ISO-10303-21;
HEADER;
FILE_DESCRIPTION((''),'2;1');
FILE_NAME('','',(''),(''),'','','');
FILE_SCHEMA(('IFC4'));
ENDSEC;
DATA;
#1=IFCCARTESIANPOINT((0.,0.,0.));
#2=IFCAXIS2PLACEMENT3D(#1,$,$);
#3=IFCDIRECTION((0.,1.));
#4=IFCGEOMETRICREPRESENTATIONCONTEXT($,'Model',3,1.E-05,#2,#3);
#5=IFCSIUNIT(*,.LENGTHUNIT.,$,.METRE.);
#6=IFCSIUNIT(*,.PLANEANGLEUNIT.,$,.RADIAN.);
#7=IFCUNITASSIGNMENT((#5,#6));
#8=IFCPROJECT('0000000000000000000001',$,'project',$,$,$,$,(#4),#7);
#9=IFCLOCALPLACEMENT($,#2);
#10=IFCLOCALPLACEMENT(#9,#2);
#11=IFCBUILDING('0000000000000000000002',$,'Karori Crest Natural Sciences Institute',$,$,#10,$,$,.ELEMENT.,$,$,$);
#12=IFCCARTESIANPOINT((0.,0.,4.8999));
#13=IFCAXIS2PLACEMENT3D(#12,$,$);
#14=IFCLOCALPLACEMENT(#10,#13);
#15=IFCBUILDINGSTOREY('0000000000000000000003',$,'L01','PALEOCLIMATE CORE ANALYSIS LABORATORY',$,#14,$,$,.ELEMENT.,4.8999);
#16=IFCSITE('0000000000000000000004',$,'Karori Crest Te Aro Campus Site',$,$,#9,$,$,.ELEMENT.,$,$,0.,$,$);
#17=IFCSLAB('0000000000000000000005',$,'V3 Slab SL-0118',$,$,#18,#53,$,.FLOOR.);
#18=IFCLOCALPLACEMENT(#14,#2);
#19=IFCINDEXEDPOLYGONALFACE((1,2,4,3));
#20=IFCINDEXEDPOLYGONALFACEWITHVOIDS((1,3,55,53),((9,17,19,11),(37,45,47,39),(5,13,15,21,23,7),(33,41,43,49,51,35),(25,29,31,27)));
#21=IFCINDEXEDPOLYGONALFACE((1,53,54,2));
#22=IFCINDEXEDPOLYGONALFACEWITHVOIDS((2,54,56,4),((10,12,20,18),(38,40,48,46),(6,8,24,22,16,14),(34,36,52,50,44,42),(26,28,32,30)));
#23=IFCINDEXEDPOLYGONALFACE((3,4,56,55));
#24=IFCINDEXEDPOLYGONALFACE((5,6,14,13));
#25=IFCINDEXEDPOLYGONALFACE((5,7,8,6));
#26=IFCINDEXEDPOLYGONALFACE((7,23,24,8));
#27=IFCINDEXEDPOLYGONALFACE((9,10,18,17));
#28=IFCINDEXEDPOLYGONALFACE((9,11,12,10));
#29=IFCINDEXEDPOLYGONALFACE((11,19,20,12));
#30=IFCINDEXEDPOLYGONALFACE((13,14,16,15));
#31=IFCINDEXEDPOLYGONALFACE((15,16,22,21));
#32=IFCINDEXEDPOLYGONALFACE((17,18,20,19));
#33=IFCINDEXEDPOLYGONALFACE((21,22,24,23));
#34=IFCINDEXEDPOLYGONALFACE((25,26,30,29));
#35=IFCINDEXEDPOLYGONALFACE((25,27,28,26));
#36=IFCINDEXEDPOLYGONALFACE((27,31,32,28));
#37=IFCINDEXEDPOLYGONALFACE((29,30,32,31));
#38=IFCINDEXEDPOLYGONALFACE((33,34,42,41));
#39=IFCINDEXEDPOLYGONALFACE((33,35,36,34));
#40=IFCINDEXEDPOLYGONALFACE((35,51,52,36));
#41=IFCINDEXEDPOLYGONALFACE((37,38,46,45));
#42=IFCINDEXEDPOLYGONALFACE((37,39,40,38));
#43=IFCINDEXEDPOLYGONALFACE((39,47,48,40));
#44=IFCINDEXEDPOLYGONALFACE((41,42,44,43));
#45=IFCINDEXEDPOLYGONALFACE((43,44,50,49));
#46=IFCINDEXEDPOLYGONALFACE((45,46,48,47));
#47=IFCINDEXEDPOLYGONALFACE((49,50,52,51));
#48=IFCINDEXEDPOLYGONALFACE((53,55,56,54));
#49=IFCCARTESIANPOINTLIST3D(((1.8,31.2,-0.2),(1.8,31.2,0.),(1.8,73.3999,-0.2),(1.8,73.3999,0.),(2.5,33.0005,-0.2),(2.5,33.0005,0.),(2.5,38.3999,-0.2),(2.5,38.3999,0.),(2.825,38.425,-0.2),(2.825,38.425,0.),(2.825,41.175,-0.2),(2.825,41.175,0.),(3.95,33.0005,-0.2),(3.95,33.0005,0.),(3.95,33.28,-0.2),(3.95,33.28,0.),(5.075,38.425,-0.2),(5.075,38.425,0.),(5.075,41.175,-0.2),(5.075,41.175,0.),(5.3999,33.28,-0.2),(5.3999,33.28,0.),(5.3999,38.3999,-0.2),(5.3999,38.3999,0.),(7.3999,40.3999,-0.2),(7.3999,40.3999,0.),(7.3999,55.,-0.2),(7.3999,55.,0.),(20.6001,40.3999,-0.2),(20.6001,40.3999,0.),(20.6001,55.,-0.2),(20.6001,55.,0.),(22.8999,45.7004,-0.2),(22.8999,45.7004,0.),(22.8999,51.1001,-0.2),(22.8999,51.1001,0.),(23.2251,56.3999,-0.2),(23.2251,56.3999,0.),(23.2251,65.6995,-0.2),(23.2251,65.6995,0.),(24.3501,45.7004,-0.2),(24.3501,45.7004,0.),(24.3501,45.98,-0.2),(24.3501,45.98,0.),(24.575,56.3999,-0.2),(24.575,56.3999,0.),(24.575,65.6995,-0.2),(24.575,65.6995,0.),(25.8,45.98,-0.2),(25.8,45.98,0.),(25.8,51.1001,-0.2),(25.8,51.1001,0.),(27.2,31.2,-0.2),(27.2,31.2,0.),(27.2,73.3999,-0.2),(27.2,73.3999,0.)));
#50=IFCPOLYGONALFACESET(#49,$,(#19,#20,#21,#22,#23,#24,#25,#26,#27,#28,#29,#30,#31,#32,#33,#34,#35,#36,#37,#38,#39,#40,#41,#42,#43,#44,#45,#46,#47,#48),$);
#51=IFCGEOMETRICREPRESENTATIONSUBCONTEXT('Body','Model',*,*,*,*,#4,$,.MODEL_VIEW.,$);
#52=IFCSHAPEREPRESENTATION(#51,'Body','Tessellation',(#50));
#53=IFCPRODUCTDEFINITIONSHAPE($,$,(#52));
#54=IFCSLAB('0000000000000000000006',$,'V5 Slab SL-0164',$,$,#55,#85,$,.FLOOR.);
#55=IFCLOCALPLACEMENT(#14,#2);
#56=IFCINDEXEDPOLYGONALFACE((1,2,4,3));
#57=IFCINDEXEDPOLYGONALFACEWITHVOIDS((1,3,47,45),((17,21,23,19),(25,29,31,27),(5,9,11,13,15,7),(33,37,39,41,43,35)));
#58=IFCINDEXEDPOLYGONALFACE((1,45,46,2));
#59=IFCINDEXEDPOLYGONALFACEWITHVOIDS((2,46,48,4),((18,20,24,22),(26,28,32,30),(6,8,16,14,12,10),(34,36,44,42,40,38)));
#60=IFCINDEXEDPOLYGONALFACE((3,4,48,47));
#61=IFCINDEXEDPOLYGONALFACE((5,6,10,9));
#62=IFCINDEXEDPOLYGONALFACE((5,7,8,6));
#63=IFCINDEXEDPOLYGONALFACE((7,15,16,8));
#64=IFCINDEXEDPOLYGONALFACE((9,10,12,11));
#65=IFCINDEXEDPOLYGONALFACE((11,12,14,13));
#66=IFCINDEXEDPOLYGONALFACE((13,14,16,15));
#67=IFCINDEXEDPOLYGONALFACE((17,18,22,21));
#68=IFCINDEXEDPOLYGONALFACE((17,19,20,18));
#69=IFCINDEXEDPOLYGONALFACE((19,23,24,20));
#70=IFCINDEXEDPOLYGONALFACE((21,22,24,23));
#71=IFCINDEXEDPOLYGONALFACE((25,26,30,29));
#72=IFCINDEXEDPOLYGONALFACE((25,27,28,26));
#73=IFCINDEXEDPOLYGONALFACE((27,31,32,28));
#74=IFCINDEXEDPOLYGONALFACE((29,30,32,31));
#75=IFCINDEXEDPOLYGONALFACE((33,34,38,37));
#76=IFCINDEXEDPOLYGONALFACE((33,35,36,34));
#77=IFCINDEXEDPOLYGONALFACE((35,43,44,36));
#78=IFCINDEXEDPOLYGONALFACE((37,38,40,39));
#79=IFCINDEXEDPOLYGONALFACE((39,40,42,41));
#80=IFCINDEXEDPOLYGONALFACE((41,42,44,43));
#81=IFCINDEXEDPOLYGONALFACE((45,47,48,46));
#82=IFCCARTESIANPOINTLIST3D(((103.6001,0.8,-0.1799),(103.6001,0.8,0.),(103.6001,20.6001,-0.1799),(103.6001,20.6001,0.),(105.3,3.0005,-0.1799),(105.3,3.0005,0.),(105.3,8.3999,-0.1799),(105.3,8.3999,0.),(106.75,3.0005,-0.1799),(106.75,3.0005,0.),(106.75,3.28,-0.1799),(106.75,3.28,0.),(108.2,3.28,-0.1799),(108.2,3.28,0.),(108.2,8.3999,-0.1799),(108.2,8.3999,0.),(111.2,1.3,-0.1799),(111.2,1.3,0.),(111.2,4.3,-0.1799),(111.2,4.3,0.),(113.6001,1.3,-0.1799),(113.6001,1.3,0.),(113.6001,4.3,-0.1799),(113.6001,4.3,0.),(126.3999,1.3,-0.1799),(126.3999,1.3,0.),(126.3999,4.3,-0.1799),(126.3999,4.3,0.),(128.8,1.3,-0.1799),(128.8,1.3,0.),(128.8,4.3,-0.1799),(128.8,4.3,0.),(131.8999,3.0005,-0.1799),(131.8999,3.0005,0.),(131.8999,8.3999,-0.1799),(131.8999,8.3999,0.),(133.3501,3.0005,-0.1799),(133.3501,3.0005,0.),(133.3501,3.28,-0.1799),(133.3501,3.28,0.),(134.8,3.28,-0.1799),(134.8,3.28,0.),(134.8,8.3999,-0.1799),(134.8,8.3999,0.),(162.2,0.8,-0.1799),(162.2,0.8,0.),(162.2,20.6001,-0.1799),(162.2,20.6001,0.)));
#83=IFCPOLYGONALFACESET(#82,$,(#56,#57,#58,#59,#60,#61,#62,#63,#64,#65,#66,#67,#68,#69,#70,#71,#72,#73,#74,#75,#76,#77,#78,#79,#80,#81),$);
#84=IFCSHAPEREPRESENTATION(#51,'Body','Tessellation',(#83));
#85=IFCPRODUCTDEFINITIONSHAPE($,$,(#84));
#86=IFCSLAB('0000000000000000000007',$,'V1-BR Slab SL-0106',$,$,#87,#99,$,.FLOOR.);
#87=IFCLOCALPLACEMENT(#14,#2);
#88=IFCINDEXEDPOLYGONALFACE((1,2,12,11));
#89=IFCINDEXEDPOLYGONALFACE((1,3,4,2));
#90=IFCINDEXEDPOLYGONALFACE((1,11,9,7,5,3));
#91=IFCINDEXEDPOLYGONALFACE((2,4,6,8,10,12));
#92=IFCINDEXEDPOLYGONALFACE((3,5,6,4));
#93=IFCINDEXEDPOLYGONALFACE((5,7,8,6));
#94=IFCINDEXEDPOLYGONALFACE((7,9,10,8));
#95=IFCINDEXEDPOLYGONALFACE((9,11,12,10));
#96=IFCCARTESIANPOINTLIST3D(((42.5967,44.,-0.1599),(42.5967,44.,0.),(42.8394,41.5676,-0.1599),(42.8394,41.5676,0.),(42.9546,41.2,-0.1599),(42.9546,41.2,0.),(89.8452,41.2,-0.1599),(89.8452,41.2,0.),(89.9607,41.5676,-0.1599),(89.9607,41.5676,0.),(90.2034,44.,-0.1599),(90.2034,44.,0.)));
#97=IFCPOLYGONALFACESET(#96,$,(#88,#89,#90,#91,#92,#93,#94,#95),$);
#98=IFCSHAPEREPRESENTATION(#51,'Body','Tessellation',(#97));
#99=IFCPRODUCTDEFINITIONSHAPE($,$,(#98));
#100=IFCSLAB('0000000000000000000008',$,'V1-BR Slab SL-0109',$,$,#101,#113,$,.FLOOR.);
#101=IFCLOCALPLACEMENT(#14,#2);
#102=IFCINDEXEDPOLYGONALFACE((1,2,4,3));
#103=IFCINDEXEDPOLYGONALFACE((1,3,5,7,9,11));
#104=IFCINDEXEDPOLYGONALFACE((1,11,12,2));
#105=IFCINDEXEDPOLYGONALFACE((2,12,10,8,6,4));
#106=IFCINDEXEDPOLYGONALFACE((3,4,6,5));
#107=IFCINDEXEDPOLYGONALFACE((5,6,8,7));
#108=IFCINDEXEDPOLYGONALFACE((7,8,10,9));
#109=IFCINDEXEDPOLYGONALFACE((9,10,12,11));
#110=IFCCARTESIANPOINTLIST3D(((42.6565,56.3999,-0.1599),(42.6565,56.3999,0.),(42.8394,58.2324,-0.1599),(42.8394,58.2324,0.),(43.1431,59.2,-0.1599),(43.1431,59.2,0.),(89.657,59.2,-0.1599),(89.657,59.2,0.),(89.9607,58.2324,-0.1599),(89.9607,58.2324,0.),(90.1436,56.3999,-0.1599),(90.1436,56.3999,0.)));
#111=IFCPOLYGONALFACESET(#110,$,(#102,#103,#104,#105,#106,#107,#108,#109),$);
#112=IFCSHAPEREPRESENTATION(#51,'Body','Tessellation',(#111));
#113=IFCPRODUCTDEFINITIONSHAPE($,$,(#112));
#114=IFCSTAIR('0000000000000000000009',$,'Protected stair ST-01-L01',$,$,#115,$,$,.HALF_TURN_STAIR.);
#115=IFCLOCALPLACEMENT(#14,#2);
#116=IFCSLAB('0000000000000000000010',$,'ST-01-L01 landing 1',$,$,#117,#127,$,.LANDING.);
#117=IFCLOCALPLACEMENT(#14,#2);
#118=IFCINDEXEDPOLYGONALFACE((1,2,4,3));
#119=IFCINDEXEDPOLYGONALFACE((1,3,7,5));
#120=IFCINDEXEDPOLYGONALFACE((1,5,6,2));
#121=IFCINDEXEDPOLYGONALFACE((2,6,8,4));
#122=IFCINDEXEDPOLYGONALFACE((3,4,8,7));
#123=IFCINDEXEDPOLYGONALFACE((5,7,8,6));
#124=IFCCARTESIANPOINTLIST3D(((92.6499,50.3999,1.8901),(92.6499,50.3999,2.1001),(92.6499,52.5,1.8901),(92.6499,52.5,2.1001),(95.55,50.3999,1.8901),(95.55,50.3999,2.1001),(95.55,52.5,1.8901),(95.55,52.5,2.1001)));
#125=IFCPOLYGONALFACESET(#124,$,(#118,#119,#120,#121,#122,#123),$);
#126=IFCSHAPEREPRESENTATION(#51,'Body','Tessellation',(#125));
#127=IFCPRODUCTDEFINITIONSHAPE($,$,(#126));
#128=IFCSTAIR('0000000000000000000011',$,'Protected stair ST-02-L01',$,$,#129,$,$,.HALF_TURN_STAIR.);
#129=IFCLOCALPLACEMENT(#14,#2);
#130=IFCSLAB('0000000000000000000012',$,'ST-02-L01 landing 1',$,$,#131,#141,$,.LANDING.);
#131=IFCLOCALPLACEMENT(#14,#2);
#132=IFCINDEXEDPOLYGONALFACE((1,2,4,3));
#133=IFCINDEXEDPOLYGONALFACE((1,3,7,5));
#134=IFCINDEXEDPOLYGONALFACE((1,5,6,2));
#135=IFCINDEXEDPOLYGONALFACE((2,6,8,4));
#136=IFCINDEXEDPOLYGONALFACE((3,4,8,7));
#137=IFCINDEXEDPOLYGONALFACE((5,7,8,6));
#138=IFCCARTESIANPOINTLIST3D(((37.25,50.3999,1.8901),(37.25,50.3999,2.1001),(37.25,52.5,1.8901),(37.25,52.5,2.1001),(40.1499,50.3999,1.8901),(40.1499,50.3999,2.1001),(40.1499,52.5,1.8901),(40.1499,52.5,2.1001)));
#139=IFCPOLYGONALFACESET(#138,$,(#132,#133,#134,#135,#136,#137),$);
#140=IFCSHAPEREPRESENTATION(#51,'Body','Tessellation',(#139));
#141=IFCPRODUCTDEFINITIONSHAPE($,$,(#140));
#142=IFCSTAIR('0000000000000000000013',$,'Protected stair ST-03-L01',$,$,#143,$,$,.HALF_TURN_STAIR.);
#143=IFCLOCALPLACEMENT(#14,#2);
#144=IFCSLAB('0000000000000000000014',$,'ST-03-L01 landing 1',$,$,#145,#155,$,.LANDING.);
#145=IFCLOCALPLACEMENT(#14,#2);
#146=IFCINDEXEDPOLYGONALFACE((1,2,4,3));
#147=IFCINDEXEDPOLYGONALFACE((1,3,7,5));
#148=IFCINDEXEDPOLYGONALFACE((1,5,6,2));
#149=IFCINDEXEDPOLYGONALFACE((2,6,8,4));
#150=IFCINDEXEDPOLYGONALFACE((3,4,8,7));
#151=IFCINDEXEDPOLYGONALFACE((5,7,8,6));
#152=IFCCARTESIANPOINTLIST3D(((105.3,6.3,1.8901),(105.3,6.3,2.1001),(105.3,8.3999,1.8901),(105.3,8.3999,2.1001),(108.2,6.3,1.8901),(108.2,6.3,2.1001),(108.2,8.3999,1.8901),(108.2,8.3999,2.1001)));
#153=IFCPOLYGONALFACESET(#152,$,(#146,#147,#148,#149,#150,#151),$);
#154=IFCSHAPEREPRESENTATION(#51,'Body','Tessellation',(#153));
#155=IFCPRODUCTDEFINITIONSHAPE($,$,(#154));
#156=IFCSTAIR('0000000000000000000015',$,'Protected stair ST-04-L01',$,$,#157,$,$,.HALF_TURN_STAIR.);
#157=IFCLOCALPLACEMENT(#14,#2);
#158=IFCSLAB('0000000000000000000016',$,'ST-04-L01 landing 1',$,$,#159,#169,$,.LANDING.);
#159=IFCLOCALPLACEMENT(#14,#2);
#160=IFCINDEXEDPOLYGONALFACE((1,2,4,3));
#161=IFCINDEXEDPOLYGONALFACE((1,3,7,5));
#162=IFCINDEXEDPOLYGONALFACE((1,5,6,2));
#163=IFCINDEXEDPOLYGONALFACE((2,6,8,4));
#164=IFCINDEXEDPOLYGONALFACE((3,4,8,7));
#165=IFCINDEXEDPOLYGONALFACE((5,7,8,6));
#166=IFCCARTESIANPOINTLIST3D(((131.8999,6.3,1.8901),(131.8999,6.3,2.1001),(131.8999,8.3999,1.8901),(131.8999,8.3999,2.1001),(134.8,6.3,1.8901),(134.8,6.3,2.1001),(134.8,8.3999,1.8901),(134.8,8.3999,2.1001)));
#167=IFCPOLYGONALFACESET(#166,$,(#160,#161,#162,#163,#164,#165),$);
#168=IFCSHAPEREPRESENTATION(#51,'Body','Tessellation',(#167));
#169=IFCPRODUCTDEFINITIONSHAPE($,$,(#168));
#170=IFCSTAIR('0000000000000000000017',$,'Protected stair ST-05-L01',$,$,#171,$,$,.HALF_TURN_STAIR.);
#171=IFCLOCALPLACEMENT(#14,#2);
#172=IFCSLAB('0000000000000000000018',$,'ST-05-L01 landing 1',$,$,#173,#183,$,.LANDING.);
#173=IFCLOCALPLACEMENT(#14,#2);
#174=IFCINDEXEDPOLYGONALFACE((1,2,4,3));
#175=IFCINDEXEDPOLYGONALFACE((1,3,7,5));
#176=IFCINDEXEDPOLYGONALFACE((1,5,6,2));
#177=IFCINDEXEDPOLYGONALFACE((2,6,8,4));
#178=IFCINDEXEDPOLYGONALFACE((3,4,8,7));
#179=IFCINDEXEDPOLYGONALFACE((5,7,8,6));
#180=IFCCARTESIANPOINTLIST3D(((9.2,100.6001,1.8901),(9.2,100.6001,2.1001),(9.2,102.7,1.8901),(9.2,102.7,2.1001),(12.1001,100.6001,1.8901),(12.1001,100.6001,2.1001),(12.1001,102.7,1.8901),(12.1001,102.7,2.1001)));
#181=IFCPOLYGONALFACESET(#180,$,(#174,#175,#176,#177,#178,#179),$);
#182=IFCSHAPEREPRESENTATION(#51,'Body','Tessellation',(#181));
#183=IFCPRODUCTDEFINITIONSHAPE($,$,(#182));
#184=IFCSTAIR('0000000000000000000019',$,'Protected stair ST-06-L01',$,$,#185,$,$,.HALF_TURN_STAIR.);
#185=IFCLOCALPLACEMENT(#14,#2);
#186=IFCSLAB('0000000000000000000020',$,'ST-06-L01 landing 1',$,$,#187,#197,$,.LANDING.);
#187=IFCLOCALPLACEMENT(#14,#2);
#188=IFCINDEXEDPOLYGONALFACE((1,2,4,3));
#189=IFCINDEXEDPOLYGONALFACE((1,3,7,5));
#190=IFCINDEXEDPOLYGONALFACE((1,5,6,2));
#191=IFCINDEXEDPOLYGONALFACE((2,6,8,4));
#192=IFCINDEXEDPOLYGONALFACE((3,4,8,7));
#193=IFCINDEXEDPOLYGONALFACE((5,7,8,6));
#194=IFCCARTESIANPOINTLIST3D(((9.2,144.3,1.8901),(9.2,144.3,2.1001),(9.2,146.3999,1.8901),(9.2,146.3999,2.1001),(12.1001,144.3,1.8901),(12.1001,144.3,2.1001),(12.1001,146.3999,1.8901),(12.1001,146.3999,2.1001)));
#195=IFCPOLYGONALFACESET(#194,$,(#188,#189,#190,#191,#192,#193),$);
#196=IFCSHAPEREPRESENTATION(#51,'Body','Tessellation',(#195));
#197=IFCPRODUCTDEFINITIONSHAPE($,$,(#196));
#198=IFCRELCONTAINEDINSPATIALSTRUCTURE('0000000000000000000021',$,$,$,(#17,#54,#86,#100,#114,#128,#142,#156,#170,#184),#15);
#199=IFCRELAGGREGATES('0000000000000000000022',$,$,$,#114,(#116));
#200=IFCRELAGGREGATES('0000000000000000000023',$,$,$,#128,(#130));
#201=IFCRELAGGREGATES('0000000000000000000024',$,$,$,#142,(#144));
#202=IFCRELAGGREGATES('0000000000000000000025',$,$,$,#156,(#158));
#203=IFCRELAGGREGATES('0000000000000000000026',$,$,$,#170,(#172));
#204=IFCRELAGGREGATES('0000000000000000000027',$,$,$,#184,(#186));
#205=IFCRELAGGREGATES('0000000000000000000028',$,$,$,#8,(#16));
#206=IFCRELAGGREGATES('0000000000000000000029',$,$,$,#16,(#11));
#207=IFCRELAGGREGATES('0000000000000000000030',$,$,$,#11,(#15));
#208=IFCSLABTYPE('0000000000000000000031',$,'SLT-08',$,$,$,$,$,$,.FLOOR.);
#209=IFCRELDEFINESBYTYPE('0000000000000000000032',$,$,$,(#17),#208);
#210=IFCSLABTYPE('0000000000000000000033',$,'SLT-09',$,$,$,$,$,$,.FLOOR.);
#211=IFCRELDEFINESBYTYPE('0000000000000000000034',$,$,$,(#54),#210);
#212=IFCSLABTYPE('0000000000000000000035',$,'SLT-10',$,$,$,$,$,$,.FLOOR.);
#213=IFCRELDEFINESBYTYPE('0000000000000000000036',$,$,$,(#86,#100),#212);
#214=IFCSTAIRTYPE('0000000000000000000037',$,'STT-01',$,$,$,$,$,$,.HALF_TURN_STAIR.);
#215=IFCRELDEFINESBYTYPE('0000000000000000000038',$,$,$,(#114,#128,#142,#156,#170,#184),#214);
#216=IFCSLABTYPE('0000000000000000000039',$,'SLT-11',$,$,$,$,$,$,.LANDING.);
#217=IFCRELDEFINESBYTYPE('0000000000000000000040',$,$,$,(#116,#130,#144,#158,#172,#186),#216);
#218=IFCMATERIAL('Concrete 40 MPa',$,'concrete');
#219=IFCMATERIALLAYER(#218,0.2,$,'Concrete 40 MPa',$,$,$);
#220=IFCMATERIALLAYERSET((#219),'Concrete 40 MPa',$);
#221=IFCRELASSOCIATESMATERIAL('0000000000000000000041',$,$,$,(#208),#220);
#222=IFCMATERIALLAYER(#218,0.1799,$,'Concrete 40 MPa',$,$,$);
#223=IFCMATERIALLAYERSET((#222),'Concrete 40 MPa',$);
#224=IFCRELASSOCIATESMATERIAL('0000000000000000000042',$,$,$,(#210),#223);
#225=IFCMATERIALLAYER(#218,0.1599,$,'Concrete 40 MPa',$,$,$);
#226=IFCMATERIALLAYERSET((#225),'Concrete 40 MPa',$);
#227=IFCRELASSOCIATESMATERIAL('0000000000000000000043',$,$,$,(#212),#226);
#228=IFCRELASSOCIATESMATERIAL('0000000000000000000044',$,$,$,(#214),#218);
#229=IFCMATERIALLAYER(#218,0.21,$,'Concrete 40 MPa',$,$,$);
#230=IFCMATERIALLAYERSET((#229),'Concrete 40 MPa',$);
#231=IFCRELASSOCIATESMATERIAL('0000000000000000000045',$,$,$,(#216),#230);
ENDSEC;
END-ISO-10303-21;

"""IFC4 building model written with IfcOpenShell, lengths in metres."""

from ifc_helpers import new_model, si_unit, direction, frame, origin, place, context, subcontext, project, spatial, polyline, outline, extrude, material, layer, layer_set, type_object, element, aggregate, save


model = new_model("IFC4")

# Units and contexts
model_context = context("Model", 3, precision=1e-05, world=origin(), true_north=direction((0.0, 1.0)))
body_context = subcontext(model_context, "Body", "Model", "MODEL_VIEW")
ifc_project = project(units=[si_unit("LENGTHUNIT", "METRE"), si_unit("PLANEANGLEUNIT", "RADIAN")], contexts=[model_context])

# Site, building, storey
site_placement = place(None, origin())
site = spatial("IfcSite", under=ifc_project, at=site_placement, Name="Karori Crest Te Aro Campus Site", CompositionType="ELEMENT", RefElevation=0.0)
building_placement = place(site_placement, origin())
building = spatial("IfcBuilding", under=site, at=building_placement, Name="Karori Crest Natural Sciences Institute", CompositionType="ELEMENT")
storey_placement = place(building_placement, frame((0.0, 0.0, 4.8999)))
storey = spatial("IfcBuildingStorey", under=building, at=storey_placement, Name="L01", Description="PALEOCLIMATE CORE ANALYSIS LABORATORY", CompositionType="ELEMENT", Elevation=4.8999)

# Slabs
ifc_material_1 = material(Name="Concrete 40 MPa", Category="concrete")
ifc_layer_1 = layer(ifc_material_1, 0.2, Name="Concrete 40 MPa")
ifc_layer_set_1 = layer_set([ifc_layer_1], Name="Concrete 40 MPa")
slab_type_1 = type_object("IfcSlabType", Name="SLT-08", PredefinedType="FLOOR", material=ifc_layer_set_1)
slab_1_placement = place(storey_placement, frame((0.0, 0.0, -0.2)))
element("IfcSlab", 1, at=slab_1_placement, inside=storey, type_object=slab_type_1, Name="V3 Slab SL-0118", PredefinedType="FLOOR", context=body_context, shape_type="SweptSolid", body=[
    extrude(outline(polyline([(1.8, 31.2), (27.2, 31.2), (27.2, 73.3999), (1.8, 73.3999), (1.8, 31.2)]), holes=[polyline([(7.3999, 55.0), (20.6001, 55.0), (20.6001, 40.3999), (7.3999, 40.3999), (7.3999, 55.0)]), polyline([(5.3999, 33.28), (3.95, 33.28), (3.95, 33.0005), (2.5, 33.0005), (2.5, 38.3999), (5.3999, 38.3999), (5.3999, 33.28)]), polyline([(25.8, 45.98), (24.3501, 45.98), (24.3501, 45.7004), (22.8999, 45.7004), (22.8999, 51.1001), (25.8, 51.1001), (25.8, 45.98)]), polyline([(23.2251, 65.6995), (24.575, 65.6995), (24.575, 56.3999), (23.2251, 56.3999), (23.2251, 65.6995)]), polyline([(2.825, 41.175), (5.075, 41.175), (5.075, 38.425), (2.825, 38.425), (2.825, 41.175)])]), origin(), (0.0, 0.0, 1.0), 0.2),
])
ifc_layer_2 = layer(ifc_material_1, 0.1799, Name="Concrete 40 MPa")
ifc_layer_set_2 = layer_set([ifc_layer_2], Name="Concrete 40 MPa")
slab_type_2 = type_object("IfcSlabType", Name="SLT-09", PredefinedType="FLOOR", material=ifc_layer_set_2)
slab_2_placement = place(storey_placement, frame((0.0, 0.0, -0.1799)))
element("IfcSlab", 2, at=slab_2_placement, inside=storey, type_object=slab_type_2, Name="V5 Slab SL-0164", PredefinedType="FLOOR", context=body_context, shape_type="SweptSolid", body=[
    extrude(outline(polyline([(103.6001, 0.8), (162.2, 0.8), (162.2, 20.6001), (103.6001, 20.6001), (103.6001, 0.8)]), holes=[polyline([(108.2, 3.28), (106.75, 3.28), (106.75, 3.0005), (105.3, 3.0005), (105.3, 8.3999), (108.2, 8.3999), (108.2, 3.28)]), polyline([(134.8, 3.28), (133.3501, 3.28), (133.3501, 3.0005), (131.8999, 3.0005), (131.8999, 8.3999), (134.8, 8.3999), (134.8, 3.28)]), polyline([(111.2, 4.3), (113.6001, 4.3), (113.6001, 1.3), (111.2, 1.3), (111.2, 4.3)]), polyline([(126.3999, 4.3), (128.8, 4.3), (128.8, 1.3), (126.3999, 1.3), (126.3999, 4.3)])]), origin(), (0.0, 0.0, 1.0), 0.1799),
])
ifc_layer_3 = layer(ifc_material_1, 0.1599, Name="Concrete 40 MPa")
ifc_layer_set_3 = layer_set([ifc_layer_3], Name="Concrete 40 MPa")
slab_type_3 = type_object("IfcSlabType", Name="SLT-10", PredefinedType="FLOOR", material=ifc_layer_set_3)
slab_3_placement = place(storey_placement, frame((0.0, 0.0, -0.1599)))
element("IfcSlab", 3, at=slab_3_placement, inside=storey, type_object=slab_type_3, Name="V1-BR Slab SL-0106", PredefinedType="FLOOR", context=body_context, shape_type="SweptSolid", body=[
    extrude(outline(polyline([(42.5967, 44.0), (42.8394, 41.5676), (42.9546, 41.2), (89.8452, 41.2), (89.9607, 41.5676), (90.2034, 44.0), (42.5967, 44.0)])), origin(), (0.0, 0.0, 1.0), 0.1599),
])
slab_4_placement = place(storey_placement, frame((0.0, 0.0, -0.1599)))
element("IfcSlab", 4, at=slab_4_placement, inside=storey, type_object=slab_type_3, Name="V1-BR Slab SL-0109", PredefinedType="FLOOR", context=body_context, shape_type="SweptSolid", body=[
    extrude(outline(polyline([(43.1431, 59.2), (42.8394, 58.2324), (42.6565, 56.3999), (90.1436, 56.3999), (89.9607, 58.2324), (89.657, 59.2), (43.1431, 59.2)])), origin(), (0.0, 0.0, 1.0), 0.1599),
])

# Stairs, slabs
stair_type_1 = type_object("IfcStairType", Name="STT-01", PredefinedType="HALF_TURN_STAIR", material=ifc_material_1)
stair_1_placement = place(storey_placement, origin())
stair_1 = element("IfcStair", 5, at=stair_1_placement, inside=storey, type_object=stair_type_1, Name="Protected stair ST-01-L01", PredefinedType="HALF_TURN_STAIR")
ifc_layer_4 = layer(ifc_material_1, 0.21, Name="Concrete 40 MPa")
ifc_layer_set_4 = layer_set([ifc_layer_4], Name="Concrete 40 MPa")
slab_type_4 = type_object("IfcSlabType", Name="SLT-11", PredefinedType="LANDING", material=ifc_layer_set_4)
slab_5_placement = place(storey_placement, frame((0.0, 0.0, 1.8901)))
slab_5 = element("IfcSlab", 6, at=slab_5_placement, type_object=slab_type_4, Name="ST-01-L01 landing 1", PredefinedType="LANDING", context=body_context, shape_type="SweptSolid", body=[
    extrude(outline(polyline([(95.55, 50.3999), (95.55, 52.5), (92.6499, 52.5), (92.6499, 50.3999), (95.55, 50.3999)])), origin(), (0.0, 0.0, 1.0), 0.21),
])
aggregate(stair_1, [slab_5])
stair_2_placement = place(storey_placement, origin())
stair_2 = element("IfcStair", 7, at=stair_2_placement, inside=storey, type_object=stair_type_1, Name="Protected stair ST-02-L01", PredefinedType="HALF_TURN_STAIR")
slab_6_placement = place(storey_placement, frame((0.0, 0.0, 1.8901)))
slab_6 = element("IfcSlab", 8, at=slab_6_placement, type_object=slab_type_4, Name="ST-02-L01 landing 1", PredefinedType="LANDING", context=body_context, shape_type="SweptSolid", body=[
    extrude(outline(polyline([(40.1499, 50.3999), (40.1499, 52.5), (37.25, 52.5), (37.25, 50.3999), (40.1499, 50.3999)])), origin(), (0.0, 0.0, 1.0), 0.21),
])
aggregate(stair_2, [slab_6])
stair_3_placement = place(storey_placement, origin())
stair_3 = element("IfcStair", 9, at=stair_3_placement, inside=storey, type_object=stair_type_1, Name="Protected stair ST-03-L01", PredefinedType="HALF_TURN_STAIR")
slab_7_placement = place(storey_placement, frame((0.0, 0.0, 1.8901)))
slab_7 = element("IfcSlab", 10, at=slab_7_placement, type_object=slab_type_4, Name="ST-03-L01 landing 1", PredefinedType="LANDING", context=body_context, shape_type="SweptSolid", body=[
    extrude(outline(polyline([(108.2, 6.3), (108.2, 8.3999), (105.3, 8.3999), (105.3, 6.3), (108.2, 6.3)])), origin(), (0.0, 0.0, 1.0), 0.21),
])
aggregate(stair_3, [slab_7])
stair_4_placement = place(storey_placement, origin())
stair_4 = element("IfcStair", 11, at=stair_4_placement, inside=storey, type_object=stair_type_1, Name="Protected stair ST-04-L01", PredefinedType="HALF_TURN_STAIR")
slab_8_placement = place(storey_placement, frame((0.0, 0.0, 1.8901)))
slab_8 = element("IfcSlab", 12, at=slab_8_placement, type_object=slab_type_4, Name="ST-04-L01 landing 1", PredefinedType="LANDING", context=body_context, shape_type="SweptSolid", body=[
    extrude(outline(polyline([(134.8, 6.3), (134.8, 8.3999), (131.8999, 8.3999), (131.8999, 6.3), (134.8, 6.3)])), origin(), (0.0, 0.0, 1.0), 0.21),
])
aggregate(stair_4, [slab_8])
stair_5_placement = place(storey_placement, origin())
stair_5 = element("IfcStair", 13, at=stair_5_placement, inside=storey, type_object=stair_type_1, Name="Protected stair ST-05-L01", PredefinedType="HALF_TURN_STAIR")
slab_9_placement = place(storey_placement, frame((0.0, 0.0, 1.8901)))
slab_9 = element("IfcSlab", 14, at=slab_9_placement, type_object=slab_type_4, Name="ST-05-L01 landing 1", PredefinedType="LANDING", context=body_context, shape_type="SweptSolid", body=[
    extrude(outline(polyline([(12.1001, 100.6001), (12.1001, 102.7), (9.2, 102.7), (9.2, 100.6001), (12.1001, 100.6001)])), origin(), (0.0, 0.0, 1.0), 0.21),
])
aggregate(stair_5, [slab_9])
stair_6_placement = place(storey_placement, origin())
stair_6 = element("IfcStair", 15, at=stair_6_placement, inside=storey, type_object=stair_type_1, Name="Protected stair ST-06-L01", PredefinedType="HALF_TURN_STAIR")
slab_10_placement = place(storey_placement, frame((0.0, 0.0, 1.8901)))
slab_10 = element("IfcSlab", 16, at=slab_10_placement, type_object=slab_type_4, Name="ST-06-L01 landing 1", PredefinedType="LANDING", context=body_context, shape_type="SweptSolid", body=[
    extrude(outline(polyline([(12.1001, 144.3), (12.1001, 146.3999), (9.2, 146.3999), (9.2, 144.3), (12.1001, 144.3)])), origin(), (0.0, 0.0, 1.0), 0.21),
])
aggregate(stair_6, [slab_10])

save(model, "model.ifc")
